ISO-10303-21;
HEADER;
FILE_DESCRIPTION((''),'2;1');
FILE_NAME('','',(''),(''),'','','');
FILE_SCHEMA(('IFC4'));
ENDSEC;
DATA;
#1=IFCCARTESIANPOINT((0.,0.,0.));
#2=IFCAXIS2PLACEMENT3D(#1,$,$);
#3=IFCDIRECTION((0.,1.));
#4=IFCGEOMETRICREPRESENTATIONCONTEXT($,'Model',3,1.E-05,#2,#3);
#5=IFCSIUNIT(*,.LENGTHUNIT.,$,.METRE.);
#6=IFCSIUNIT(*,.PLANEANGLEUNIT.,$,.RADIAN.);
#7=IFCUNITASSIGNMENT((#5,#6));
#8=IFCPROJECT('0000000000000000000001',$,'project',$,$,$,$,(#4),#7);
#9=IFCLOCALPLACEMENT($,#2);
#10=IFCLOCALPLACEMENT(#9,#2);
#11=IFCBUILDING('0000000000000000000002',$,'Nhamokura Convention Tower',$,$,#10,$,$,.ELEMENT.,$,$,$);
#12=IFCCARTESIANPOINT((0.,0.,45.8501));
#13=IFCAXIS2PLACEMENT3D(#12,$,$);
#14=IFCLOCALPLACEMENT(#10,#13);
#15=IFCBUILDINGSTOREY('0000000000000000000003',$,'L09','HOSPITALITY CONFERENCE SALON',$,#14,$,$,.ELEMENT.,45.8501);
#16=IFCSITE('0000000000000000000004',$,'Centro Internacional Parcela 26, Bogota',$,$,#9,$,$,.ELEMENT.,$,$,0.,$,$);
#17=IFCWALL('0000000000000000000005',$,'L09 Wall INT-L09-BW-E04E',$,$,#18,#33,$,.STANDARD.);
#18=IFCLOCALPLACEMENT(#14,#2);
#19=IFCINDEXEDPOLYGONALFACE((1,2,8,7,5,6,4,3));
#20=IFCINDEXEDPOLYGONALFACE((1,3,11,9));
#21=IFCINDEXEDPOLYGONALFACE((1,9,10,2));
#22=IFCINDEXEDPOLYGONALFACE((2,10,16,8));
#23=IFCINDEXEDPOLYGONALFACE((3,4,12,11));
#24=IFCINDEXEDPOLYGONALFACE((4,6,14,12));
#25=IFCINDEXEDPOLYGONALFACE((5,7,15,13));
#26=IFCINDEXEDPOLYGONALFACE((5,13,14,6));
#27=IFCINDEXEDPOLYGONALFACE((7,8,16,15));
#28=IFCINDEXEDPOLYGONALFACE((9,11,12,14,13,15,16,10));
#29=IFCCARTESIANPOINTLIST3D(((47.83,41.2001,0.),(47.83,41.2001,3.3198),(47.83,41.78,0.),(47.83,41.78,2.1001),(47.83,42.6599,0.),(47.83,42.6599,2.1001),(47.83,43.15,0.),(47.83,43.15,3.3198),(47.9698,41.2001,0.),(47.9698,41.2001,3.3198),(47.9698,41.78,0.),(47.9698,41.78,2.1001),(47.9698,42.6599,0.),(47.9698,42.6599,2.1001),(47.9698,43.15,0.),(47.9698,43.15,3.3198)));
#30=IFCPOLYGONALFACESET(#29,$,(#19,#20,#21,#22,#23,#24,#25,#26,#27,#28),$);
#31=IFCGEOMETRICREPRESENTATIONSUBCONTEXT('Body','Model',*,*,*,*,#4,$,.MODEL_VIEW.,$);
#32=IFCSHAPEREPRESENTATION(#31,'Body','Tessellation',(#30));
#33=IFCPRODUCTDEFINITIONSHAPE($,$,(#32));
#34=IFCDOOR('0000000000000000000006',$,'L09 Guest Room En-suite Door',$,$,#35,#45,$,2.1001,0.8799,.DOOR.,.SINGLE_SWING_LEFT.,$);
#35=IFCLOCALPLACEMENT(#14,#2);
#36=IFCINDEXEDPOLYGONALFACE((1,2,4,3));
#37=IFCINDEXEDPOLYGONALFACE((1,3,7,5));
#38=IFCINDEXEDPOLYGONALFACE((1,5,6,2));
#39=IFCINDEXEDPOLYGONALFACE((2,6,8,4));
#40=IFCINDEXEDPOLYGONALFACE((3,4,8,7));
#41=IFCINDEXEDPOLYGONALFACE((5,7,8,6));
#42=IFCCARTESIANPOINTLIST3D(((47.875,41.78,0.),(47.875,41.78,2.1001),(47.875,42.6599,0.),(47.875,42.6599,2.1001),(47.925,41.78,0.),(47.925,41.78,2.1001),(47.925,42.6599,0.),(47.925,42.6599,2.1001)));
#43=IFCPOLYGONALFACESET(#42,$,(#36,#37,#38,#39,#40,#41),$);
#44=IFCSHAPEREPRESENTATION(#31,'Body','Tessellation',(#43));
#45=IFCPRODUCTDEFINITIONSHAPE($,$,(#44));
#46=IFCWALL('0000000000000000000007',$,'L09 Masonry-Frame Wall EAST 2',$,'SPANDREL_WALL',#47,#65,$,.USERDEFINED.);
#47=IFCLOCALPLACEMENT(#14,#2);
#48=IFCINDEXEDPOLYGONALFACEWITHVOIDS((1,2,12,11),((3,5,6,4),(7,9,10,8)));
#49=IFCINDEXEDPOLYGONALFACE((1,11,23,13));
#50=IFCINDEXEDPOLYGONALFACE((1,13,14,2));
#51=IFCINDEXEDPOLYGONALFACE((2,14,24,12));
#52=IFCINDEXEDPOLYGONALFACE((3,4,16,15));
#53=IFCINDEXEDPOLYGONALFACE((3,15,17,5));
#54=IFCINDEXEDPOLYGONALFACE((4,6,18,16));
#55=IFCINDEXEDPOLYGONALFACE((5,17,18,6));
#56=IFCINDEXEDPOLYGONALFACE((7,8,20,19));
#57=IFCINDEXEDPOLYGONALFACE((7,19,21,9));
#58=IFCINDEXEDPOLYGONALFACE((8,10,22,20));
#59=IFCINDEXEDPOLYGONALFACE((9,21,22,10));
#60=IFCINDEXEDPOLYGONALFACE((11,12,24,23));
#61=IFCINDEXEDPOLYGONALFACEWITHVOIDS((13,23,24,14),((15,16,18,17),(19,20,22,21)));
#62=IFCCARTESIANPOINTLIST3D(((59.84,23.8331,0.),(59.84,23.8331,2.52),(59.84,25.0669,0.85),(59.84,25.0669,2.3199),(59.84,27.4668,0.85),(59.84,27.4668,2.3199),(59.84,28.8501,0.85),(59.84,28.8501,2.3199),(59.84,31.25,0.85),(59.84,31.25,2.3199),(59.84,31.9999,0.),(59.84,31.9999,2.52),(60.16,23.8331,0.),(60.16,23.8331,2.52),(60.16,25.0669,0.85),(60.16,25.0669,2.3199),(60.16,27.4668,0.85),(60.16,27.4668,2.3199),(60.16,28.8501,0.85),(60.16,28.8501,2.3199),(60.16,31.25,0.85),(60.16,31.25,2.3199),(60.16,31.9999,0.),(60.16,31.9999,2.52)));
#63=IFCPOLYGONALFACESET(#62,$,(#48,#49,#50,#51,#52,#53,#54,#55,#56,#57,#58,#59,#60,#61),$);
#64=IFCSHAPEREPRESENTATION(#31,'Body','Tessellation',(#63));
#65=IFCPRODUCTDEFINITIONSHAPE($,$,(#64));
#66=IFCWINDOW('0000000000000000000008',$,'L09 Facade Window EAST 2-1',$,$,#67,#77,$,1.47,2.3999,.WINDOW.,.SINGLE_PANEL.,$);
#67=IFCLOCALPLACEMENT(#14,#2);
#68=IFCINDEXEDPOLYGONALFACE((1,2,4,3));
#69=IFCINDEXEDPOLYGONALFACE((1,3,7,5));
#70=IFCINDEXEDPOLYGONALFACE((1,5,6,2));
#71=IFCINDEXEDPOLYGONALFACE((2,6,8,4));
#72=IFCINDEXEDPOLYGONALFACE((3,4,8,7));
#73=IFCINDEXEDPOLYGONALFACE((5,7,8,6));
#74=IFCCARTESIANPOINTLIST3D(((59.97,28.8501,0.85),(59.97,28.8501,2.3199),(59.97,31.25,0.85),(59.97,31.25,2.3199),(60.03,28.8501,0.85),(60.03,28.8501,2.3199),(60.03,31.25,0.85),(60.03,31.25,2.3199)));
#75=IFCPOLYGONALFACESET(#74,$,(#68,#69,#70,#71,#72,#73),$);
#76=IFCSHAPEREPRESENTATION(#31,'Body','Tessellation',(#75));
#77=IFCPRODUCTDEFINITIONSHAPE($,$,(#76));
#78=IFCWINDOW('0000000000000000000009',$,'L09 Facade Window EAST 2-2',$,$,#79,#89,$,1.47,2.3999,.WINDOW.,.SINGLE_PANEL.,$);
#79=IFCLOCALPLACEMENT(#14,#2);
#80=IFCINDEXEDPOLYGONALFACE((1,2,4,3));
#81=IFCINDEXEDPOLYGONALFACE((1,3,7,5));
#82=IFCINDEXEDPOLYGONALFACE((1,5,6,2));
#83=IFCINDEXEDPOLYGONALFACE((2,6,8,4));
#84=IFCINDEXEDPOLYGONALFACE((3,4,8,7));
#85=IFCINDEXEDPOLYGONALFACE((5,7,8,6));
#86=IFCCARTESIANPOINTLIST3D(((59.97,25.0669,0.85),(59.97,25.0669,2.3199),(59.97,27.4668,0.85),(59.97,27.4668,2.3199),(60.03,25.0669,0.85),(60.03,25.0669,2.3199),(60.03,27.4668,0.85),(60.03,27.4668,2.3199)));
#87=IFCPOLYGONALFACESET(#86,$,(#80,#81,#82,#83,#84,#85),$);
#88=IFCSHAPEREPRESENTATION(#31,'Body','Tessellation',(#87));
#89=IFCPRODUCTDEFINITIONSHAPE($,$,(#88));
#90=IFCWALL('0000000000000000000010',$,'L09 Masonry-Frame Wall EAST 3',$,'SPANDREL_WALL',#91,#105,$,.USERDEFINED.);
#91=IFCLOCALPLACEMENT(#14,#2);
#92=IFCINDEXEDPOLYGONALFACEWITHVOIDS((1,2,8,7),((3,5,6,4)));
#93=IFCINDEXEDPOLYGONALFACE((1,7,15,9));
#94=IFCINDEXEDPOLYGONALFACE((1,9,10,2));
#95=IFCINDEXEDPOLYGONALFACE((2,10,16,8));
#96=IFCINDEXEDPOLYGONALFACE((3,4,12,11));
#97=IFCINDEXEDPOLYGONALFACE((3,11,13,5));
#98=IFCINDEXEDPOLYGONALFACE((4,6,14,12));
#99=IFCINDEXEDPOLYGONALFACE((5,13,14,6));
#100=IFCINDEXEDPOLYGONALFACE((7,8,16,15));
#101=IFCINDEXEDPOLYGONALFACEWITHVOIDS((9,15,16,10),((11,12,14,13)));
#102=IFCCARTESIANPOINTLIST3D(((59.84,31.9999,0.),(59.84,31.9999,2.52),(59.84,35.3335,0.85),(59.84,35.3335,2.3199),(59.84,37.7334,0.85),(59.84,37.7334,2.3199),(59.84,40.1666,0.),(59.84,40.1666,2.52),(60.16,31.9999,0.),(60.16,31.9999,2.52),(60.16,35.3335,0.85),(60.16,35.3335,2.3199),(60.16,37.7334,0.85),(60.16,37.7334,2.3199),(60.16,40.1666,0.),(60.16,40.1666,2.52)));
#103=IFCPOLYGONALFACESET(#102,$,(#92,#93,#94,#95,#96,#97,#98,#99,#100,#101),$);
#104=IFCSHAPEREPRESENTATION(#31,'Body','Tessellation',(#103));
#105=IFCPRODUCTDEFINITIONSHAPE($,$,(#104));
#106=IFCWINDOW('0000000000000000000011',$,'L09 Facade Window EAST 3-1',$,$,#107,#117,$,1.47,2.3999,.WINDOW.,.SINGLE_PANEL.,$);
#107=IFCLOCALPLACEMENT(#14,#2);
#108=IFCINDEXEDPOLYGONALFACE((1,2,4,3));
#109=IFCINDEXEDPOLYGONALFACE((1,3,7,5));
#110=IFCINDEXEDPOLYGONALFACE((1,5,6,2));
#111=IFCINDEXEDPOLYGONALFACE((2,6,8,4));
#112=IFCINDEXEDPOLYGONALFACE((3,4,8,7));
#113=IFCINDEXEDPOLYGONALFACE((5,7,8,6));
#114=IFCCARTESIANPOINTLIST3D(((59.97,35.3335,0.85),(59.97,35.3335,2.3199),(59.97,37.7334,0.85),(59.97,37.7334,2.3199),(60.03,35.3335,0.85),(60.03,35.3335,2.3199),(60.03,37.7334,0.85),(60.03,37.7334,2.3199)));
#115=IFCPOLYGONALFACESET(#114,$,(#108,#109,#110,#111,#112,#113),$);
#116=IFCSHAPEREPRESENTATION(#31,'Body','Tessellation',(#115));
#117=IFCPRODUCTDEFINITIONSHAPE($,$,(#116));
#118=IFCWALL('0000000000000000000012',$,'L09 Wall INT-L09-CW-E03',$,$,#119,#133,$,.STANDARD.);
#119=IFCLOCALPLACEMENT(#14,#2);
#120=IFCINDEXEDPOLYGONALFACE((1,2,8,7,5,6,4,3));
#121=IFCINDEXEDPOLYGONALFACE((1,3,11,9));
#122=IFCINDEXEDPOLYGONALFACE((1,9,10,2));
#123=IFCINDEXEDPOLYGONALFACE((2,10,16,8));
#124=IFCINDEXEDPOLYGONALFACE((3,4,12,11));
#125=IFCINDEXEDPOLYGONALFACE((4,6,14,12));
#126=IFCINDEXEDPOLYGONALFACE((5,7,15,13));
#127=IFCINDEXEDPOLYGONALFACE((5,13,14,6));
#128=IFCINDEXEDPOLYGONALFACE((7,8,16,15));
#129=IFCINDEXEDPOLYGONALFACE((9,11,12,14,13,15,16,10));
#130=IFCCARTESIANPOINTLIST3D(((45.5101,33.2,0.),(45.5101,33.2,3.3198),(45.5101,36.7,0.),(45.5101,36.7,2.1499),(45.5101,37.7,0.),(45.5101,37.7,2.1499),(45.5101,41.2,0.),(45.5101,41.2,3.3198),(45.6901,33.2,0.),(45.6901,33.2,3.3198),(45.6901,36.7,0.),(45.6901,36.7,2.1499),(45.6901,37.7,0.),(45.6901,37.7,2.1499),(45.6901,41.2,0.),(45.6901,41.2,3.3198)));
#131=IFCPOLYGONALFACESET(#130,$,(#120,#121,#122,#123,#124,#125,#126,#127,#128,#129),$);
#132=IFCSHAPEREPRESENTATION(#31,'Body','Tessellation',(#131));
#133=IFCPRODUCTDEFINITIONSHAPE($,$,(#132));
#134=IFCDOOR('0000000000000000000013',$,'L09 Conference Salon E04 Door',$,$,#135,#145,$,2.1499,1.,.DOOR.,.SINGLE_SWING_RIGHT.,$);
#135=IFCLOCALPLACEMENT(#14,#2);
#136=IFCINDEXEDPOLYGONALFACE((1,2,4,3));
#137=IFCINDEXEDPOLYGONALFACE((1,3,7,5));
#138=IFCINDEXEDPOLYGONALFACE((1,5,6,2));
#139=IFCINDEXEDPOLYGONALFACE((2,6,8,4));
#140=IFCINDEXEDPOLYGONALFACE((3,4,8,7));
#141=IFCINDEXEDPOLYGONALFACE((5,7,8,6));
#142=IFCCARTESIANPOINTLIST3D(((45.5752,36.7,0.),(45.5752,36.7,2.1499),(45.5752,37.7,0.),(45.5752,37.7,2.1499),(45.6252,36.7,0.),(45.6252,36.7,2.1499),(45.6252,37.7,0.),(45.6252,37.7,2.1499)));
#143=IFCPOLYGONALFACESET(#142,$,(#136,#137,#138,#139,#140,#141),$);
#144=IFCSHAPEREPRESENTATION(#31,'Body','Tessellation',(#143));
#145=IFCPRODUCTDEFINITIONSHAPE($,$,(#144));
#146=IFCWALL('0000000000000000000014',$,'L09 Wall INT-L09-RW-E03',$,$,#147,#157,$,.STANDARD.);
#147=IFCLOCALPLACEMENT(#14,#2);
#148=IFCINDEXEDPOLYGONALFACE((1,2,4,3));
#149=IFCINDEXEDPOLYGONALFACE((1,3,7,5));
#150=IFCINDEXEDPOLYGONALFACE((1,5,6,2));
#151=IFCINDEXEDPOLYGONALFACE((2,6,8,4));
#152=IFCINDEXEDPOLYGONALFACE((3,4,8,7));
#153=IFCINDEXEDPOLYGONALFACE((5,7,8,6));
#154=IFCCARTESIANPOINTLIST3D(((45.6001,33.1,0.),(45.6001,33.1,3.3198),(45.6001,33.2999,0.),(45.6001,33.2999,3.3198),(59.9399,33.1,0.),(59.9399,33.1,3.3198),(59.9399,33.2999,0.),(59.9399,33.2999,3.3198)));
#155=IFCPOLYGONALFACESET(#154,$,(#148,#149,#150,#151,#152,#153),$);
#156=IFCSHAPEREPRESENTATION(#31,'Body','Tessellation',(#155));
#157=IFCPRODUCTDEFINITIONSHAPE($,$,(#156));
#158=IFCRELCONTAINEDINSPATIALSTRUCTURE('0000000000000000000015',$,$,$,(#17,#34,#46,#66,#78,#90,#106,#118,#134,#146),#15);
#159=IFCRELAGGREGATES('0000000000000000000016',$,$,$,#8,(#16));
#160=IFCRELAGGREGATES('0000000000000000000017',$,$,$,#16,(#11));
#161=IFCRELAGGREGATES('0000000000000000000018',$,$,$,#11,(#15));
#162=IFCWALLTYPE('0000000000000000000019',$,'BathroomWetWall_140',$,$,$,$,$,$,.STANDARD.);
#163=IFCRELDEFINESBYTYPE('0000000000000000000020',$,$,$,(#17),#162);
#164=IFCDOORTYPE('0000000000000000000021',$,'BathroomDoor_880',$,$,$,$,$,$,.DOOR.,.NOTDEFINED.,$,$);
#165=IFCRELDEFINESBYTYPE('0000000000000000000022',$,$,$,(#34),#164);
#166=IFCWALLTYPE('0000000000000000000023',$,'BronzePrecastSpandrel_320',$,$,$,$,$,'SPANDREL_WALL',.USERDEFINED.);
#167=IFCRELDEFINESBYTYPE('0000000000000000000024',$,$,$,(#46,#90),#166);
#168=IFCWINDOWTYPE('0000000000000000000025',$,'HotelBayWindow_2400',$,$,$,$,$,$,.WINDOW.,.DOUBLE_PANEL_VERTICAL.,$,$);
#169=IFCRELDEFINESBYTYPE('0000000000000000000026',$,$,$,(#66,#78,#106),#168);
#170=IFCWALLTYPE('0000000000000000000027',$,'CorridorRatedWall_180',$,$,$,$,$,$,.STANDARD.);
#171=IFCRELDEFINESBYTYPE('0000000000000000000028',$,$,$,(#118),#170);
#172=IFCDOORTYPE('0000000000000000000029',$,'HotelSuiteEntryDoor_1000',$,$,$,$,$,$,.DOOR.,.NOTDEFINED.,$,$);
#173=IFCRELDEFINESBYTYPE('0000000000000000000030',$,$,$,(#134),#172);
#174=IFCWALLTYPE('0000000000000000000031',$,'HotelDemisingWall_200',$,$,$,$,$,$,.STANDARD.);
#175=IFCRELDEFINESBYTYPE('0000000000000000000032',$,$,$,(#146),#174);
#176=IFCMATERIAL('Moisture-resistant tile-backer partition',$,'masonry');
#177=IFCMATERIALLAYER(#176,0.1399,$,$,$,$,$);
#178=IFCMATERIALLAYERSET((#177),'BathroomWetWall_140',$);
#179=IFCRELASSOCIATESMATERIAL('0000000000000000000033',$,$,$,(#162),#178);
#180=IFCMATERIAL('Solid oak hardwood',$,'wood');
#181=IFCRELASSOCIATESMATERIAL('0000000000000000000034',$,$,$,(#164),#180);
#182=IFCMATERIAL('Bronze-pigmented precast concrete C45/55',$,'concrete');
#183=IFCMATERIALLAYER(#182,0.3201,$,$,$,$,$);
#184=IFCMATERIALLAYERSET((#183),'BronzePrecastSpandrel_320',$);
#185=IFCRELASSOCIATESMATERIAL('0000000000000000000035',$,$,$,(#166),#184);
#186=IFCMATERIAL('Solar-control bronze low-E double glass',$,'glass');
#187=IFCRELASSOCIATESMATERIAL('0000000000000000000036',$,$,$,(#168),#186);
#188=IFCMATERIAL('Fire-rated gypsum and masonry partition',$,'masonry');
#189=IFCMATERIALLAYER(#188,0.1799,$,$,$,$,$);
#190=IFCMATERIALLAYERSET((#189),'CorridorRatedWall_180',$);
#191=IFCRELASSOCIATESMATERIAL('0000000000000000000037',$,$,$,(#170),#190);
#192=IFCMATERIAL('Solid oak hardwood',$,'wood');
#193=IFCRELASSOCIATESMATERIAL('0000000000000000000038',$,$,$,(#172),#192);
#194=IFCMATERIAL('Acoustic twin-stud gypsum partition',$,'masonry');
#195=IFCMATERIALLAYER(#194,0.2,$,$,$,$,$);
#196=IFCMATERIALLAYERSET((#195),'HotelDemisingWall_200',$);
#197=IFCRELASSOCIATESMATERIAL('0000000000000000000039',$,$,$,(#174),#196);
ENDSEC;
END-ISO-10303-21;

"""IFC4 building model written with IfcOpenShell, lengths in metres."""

from ifc_helpers import new_model, si_unit, direction, frame, frame_2d, origin, place, context, subcontext, project, spatial, rectangle, extrude, material, layer, layer_set, type_object, element, fill, save


model = new_model("IFC4")

# Units and contexts
model_context = context("Model", 3, precision=1e-05, world=origin(), true_north=direction((0.0, 1.0)))
body_context = subcontext(model_context, "Body", "Model", "MODEL_VIEW")
ifc_project = project(units=[si_unit("LENGTHUNIT", "METRE"), si_unit("PLANEANGLEUNIT", "RADIAN")], contexts=[model_context])

# Site, building, storey
site_placement = place(None, origin())
site = spatial("IfcSite", under=ifc_project, at=site_placement, Name="Centro Internacional Parcela 26, Bogota", CompositionType="ELEMENT", RefElevation=0.0)
building_placement = place(site_placement, origin())
building = spatial("IfcBuilding", under=site, at=building_placement, Name="Nhamokura Convention Tower", CompositionType="ELEMENT")
storey_placement = place(building_placement, frame((0.0, 0.0, 45.8501)))
storey = spatial("IfcBuildingStorey", under=building, at=storey_placement, Name="L09", Description="HOSPITALITY CONFERENCE SALON", CompositionType="ELEMENT", Elevation=45.8501)

# Shared definitions
ifc_material_1 = material(Name="Moisture-resistant tile-backer partition", Category="masonry")
ifc_layer_1 = layer(ifc_material_1, 0.1399)
ifc_layer_set_1 = layer_set([ifc_layer_1], Name="BathroomWetWall_140")
wall_type_1 = type_object("IfcWallType", Name="BathroomWetWall_140", PredefinedType="STANDARD", material=ifc_layer_set_1)

# Wall, opening, door
wall_1_placement = place(storey_placement, frame((47.8999, 41.2, 0.0), z_axis=(0.0, 0.0, 1.0), x_axis=(0.0, 1.0, 0.0)))
wall_1 = element("IfcWall", 1, at=wall_1_placement, inside=storey, type_object=wall_type_1, Name="L09 Wall INT-L09-BW-E04E", PredefinedType="STANDARD", context=body_context, shape_type="SweptSolid", body=[
    extrude(rectangle(XDim=1.95, YDim=0.1399, at=frame_2d((0.9751, 0.0))), origin(), (0.0, 0.0, 1.0), 3.3198),
])
opening_1_placement = place(wall_1_placement, frame((0.5801, 0.0, 0.0)))
opening_1 = element("IfcOpeningElement", 2, at=opening_1_placement, cuts=wall_1, PredefinedType="OPENING", context=body_context, shape_type="SweptSolid", body=[
    extrude(rectangle(XDim=0.8799, YDim=2.1001, at=frame_2d((0.4399, 1.05))), frame((0.0, 0.0798, 0.0), z_axis=(0.0, -1.0, 0.0), x_axis=(1.0, 0.0, 0.0)), (0.0, 0.0, 1.0), 0.1599),
])
ifc_material_2 = material(Name="Solid oak hardwood", Category="wood")
door_type_1 = type_object("IfcDoorType", Name="BathroomDoor_880", OperationType="NOTDEFINED", PredefinedType="DOOR", material=ifc_material_2)
door_1_placement = place(opening_1_placement, origin())
door_1 = element("IfcDoor", 3, at=door_1_placement, inside=storey, type_object=door_type_1, Name="L09 Guest Room En-suite Door", OperationType="SINGLE_SWING_LEFT", OverallHeight=2.1001, OverallWidth=0.8799, PredefinedType="DOOR", context=body_context, shape_type="SweptSolid", body=[
    extrude(rectangle(XDim=0.8799, YDim=2.1001, at=frame_2d((0.4399, 1.05))), frame((0.0, 0.0249, 0.0), z_axis=(0.0, -1.0, 0.0), x_axis=(1.0, 0.0, 0.0)), (0.0, 0.0, 1.0), 0.05),
])
fill(opening_1, door_1)

# Wall, openings, windows
ifc_material_3 = material(Name="Bronze-pigmented precast concrete C45/55", Category="concrete")
ifc_layer_2 = layer(ifc_material_3, 0.3201)
ifc_layer_set_2 = layer_set([ifc_layer_2], Name="BronzePrecastSpandrel_320")
wall_type_2 = type_object("IfcWallType", Name="BronzePrecastSpandrel_320", ElementType="SPANDREL_WALL", PredefinedType="USERDEFINED", material=ifc_layer_set_2)
wall_2_placement = place(storey_placement, frame((60.0, 32.0, 0.0), z_axis=(0.0, 0.0, 1.0), x_axis=(0.0, -1.0, 0.0)))
wall_2 = element("IfcWall", 4, at=wall_2_placement, inside=storey, type_object=wall_type_2, Name="L09 Masonry-Frame Wall EAST 2", ObjectType="SPANDREL_WALL", PredefinedType="USERDEFINED", context=body_context, shape_type="SweptSolid", body=[
    extrude(rectangle(XDim=8.1667, YDim=0.3201, at=frame_2d((4.0835, 0.0))), origin(), (0.0, 0.0, 1.0), 2.52),
])
opening_2_placement = place(wall_2_placement, frame((0.75, 0.0, 0.8501)))
opening_2 = element("IfcOpeningElement", 5, at=opening_2_placement, cuts=wall_2, PredefinedType="OPENING", context=body_context, shape_type="SweptSolid", body=[
    extrude(rectangle(XDim=2.3999, YDim=1.47, at=frame_2d((1.2, 0.7349))), frame((0.0, 0.1699, 0.0), z_axis=(0.0, -1.0, 0.0), x_axis=(1.0, 0.0, 0.0)), (0.0, 0.0, 1.0), 0.3401),
])
opening_3_placement = place(wall_2_placement, frame((4.5332, 0.0, 0.8501)))
opening_3 = element("IfcOpeningElement", 6, at=opening_3_placement, cuts=wall_2, PredefinedType="OPENING", context=body_context, shape_type="SweptSolid", body=[
    extrude(rectangle(XDim=2.3999, YDim=1.47, at=frame_2d((1.2, 0.7349))), frame((0.0, 0.1699, 0.0), z_axis=(0.0, -1.0, 0.0), x_axis=(1.0, 0.0, 0.0)), (0.0, 0.0, 1.0), 0.3401),
])
ifc_material_4 = material(Name="Solar-control bronze low-E double glass", Category="glass")
window_type = type_object("IfcWindowType", Name="HotelBayWindow_2400", PartitioningType="DOUBLE_PANEL_VERTICAL", PredefinedType="WINDOW", material=ifc_material_4)
window_1_placement = place(opening_2_placement, origin())
window_1 = element("IfcWindow", 7, at=window_1_placement, inside=storey, type_object=window_type, Name="L09 Facade Window EAST 2-1", OverallHeight=1.47, OverallWidth=2.3999, PartitioningType="SINGLE_PANEL", PredefinedType="WINDOW", context=body_context, shape_type="SweptSolid", body=[
    extrude(rectangle(XDim=2.3999, YDim=1.47, at=frame_2d((1.2, 0.7349))), frame((0.0, 0.03, 0.0), z_axis=(0.0, -1.0, 0.0), x_axis=(1.0, 0.0, 0.0)), (0.0, 0.0, 1.0), 0.0601),
])
fill(opening_2, window_1)
window_2_placement = place(opening_3_placement, origin())
window_2 = element("IfcWindow", 8, at=window_2_placement, inside=storey, type_object=window_type, Name="L09 Facade Window EAST 2-2", OverallHeight=1.47, OverallWidth=2.3999, PartitioningType="SINGLE_PANEL", PredefinedType="WINDOW", context=body_context, shape_type="SweptSolid", body=[
    extrude(rectangle(XDim=2.3999, YDim=1.47, at=frame_2d((1.2, 0.7349))), frame((0.0, 0.03, 0.0), z_axis=(0.0, -1.0, 0.0), x_axis=(1.0, 0.0, 0.0)), (0.0, 0.0, 1.0), 0.0601),
])
fill(opening_3, window_2)

# Wall, opening, window
wall_3_placement = place(storey_placement, frame((60.0, 40.1667, 0.0), z_axis=(0.0, 0.0, 1.0), x_axis=(0.0, -1.0, 0.0)))
wall_3 = element("IfcWall", 9, at=wall_3_placement, inside=storey, type_object=wall_type_2, Name="L09 Masonry-Frame Wall EAST 3", ObjectType="SPANDREL_WALL", PredefinedType="USERDEFINED", context=body_context, shape_type="SweptSolid", body=[
    extrude(rectangle(XDim=8.1667, YDim=0.3201, at=frame_2d((4.0835, 0.0))), origin(), (0.0, 0.0, 1.0), 2.52),
])
opening_4_placement = place(wall_3_placement, frame((2.4333, 0.0, 0.8501)))
opening_4 = element("IfcOpeningElement", 10, at=opening_4_placement, cuts=wall_3, PredefinedType="OPENING", context=body_context, shape_type="SweptSolid", body=[
    extrude(rectangle(XDim=2.3999, YDim=1.47, at=frame_2d((1.2, 0.7349))), frame((0.0, 0.1699, 0.0), z_axis=(0.0, -1.0, 0.0), x_axis=(1.0, 0.0, 0.0)), (0.0, 0.0, 1.0), 0.3401),
])
window_3_placement = place(opening_4_placement, origin())
window_3 = element("IfcWindow", 11, at=window_3_placement, inside=storey, type_object=window_type, Name="L09 Facade Window EAST 3-1", OverallHeight=1.47, OverallWidth=2.3999, PartitioningType="SINGLE_PANEL", PredefinedType="WINDOW", context=body_context, shape_type="SweptSolid", body=[
    extrude(rectangle(XDim=2.3999, YDim=1.47, at=frame_2d((1.2, 0.7349))), frame((0.0, 0.03, 0.0), z_axis=(0.0, -1.0, 0.0), x_axis=(1.0, 0.0, 0.0)), (0.0, 0.0, 1.0), 0.0601),
])
fill(opening_4, window_3)

# Wall, opening, door
ifc_material_5 = material(Name="Fire-rated gypsum and masonry partition", Category="masonry")
ifc_layer_3 = layer(ifc_material_5, 0.1799)
ifc_layer_set_3 = layer_set([ifc_layer_3], Name="CorridorRatedWall_180")
wall_type_3 = type_object("IfcWallType", Name="CorridorRatedWall_180", PredefinedType="STANDARD", material=ifc_layer_set_3)
wall_4_placement = place(storey_placement, frame((45.6001, 33.2, 0.0), z_axis=(0.0, 0.0, 1.0), x_axis=(0.0, 1.0, 0.0)))
wall_4 = element("IfcWall", 12, at=wall_4_placement, inside=storey, type_object=wall_type_3, Name="L09 Wall INT-L09-CW-E03", PredefinedType="STANDARD", context=body_context, shape_type="SweptSolid", body=[
    extrude(rectangle(XDim=8.0, YDim=0.1799, at=frame_2d((4.0, 0.0))), origin(), (0.0, 0.0, 1.0), 3.3198),
])
opening_5_placement = place(wall_4_placement, frame((3.5, 0.0, 0.0)))
opening_5 = element("IfcOpeningElement", 13, at=opening_5_placement, cuts=wall_4, PredefinedType="OPENING", context=body_context, shape_type="SweptSolid", body=[
    extrude(rectangle(XDim=1.0, YDim=2.1499, at=frame_2d((0.5, 1.075))), frame((0.0, 0.0999, 0.0), z_axis=(0.0, -1.0, 0.0), x_axis=(1.0, 0.0, 0.0)), (0.0, 0.0, 1.0), 0.2),
])
ifc_material_6 = material(Name="Solid oak hardwood", Category="wood")
door_type_2 = type_object("IfcDoorType", Name="HotelSuiteEntryDoor_1000", OperationType="NOTDEFINED", PredefinedType="DOOR", material=ifc_material_6)
door_2_placement = place(opening_5_placement, origin())
door_2 = element("IfcDoor", 14, at=door_2_placement, inside=storey, type_object=door_type_2, Name="L09 Conference Salon E04 Door", OperationType="SINGLE_SWING_RIGHT", OverallHeight=2.1499, OverallWidth=1.0, PredefinedType="DOOR", context=body_context, shape_type="SweptSolid", body=[
    extrude(rectangle(XDim=1.0, YDim=2.1499, at=frame_2d((0.5, 1.075))), frame((0.0, 0.0249, 0.0), z_axis=(0.0, -1.0, 0.0), x_axis=(1.0, 0.0, 0.0)), (0.0, 0.0, 1.0), 0.05),
])
fill(opening_5, door_2)

# Wall
ifc_material_7 = material(Name="Acoustic twin-stud gypsum partition", Category="masonry")
ifc_layer_4 = layer(ifc_material_7, 0.2)
ifc_layer_set_4 = layer_set([ifc_layer_4], Name="HotelDemisingWall_200")
wall_type_4 = type_object("IfcWallType", Name="HotelDemisingWall_200", PredefinedType="STANDARD", material=ifc_layer_set_4)
for number, where, z_axis, x_axis, name in (
    (15, (45.6001, 33.2, 0.0), (0.0, 0.0, 1.0), (1.0, 0.0, 0.0), "L09 Wall INT-L09-RW-E03"),
):
    element("IfcWall", number, at=place(storey_placement, frame(where, z_axis=z_axis, x_axis=x_axis)), inside=storey, type_object=wall_type_4, Name=name, PredefinedType="STANDARD", context=body_context, shape_type="SweptSolid", body=[
        extrude(rectangle(XDim=14.3398, YDim=0.2, at=frame_2d((7.1699, 0.0))), origin(), (0.0, 0.0, 1.0), 3.3198),
    ])

save(model, "model.ifc")
